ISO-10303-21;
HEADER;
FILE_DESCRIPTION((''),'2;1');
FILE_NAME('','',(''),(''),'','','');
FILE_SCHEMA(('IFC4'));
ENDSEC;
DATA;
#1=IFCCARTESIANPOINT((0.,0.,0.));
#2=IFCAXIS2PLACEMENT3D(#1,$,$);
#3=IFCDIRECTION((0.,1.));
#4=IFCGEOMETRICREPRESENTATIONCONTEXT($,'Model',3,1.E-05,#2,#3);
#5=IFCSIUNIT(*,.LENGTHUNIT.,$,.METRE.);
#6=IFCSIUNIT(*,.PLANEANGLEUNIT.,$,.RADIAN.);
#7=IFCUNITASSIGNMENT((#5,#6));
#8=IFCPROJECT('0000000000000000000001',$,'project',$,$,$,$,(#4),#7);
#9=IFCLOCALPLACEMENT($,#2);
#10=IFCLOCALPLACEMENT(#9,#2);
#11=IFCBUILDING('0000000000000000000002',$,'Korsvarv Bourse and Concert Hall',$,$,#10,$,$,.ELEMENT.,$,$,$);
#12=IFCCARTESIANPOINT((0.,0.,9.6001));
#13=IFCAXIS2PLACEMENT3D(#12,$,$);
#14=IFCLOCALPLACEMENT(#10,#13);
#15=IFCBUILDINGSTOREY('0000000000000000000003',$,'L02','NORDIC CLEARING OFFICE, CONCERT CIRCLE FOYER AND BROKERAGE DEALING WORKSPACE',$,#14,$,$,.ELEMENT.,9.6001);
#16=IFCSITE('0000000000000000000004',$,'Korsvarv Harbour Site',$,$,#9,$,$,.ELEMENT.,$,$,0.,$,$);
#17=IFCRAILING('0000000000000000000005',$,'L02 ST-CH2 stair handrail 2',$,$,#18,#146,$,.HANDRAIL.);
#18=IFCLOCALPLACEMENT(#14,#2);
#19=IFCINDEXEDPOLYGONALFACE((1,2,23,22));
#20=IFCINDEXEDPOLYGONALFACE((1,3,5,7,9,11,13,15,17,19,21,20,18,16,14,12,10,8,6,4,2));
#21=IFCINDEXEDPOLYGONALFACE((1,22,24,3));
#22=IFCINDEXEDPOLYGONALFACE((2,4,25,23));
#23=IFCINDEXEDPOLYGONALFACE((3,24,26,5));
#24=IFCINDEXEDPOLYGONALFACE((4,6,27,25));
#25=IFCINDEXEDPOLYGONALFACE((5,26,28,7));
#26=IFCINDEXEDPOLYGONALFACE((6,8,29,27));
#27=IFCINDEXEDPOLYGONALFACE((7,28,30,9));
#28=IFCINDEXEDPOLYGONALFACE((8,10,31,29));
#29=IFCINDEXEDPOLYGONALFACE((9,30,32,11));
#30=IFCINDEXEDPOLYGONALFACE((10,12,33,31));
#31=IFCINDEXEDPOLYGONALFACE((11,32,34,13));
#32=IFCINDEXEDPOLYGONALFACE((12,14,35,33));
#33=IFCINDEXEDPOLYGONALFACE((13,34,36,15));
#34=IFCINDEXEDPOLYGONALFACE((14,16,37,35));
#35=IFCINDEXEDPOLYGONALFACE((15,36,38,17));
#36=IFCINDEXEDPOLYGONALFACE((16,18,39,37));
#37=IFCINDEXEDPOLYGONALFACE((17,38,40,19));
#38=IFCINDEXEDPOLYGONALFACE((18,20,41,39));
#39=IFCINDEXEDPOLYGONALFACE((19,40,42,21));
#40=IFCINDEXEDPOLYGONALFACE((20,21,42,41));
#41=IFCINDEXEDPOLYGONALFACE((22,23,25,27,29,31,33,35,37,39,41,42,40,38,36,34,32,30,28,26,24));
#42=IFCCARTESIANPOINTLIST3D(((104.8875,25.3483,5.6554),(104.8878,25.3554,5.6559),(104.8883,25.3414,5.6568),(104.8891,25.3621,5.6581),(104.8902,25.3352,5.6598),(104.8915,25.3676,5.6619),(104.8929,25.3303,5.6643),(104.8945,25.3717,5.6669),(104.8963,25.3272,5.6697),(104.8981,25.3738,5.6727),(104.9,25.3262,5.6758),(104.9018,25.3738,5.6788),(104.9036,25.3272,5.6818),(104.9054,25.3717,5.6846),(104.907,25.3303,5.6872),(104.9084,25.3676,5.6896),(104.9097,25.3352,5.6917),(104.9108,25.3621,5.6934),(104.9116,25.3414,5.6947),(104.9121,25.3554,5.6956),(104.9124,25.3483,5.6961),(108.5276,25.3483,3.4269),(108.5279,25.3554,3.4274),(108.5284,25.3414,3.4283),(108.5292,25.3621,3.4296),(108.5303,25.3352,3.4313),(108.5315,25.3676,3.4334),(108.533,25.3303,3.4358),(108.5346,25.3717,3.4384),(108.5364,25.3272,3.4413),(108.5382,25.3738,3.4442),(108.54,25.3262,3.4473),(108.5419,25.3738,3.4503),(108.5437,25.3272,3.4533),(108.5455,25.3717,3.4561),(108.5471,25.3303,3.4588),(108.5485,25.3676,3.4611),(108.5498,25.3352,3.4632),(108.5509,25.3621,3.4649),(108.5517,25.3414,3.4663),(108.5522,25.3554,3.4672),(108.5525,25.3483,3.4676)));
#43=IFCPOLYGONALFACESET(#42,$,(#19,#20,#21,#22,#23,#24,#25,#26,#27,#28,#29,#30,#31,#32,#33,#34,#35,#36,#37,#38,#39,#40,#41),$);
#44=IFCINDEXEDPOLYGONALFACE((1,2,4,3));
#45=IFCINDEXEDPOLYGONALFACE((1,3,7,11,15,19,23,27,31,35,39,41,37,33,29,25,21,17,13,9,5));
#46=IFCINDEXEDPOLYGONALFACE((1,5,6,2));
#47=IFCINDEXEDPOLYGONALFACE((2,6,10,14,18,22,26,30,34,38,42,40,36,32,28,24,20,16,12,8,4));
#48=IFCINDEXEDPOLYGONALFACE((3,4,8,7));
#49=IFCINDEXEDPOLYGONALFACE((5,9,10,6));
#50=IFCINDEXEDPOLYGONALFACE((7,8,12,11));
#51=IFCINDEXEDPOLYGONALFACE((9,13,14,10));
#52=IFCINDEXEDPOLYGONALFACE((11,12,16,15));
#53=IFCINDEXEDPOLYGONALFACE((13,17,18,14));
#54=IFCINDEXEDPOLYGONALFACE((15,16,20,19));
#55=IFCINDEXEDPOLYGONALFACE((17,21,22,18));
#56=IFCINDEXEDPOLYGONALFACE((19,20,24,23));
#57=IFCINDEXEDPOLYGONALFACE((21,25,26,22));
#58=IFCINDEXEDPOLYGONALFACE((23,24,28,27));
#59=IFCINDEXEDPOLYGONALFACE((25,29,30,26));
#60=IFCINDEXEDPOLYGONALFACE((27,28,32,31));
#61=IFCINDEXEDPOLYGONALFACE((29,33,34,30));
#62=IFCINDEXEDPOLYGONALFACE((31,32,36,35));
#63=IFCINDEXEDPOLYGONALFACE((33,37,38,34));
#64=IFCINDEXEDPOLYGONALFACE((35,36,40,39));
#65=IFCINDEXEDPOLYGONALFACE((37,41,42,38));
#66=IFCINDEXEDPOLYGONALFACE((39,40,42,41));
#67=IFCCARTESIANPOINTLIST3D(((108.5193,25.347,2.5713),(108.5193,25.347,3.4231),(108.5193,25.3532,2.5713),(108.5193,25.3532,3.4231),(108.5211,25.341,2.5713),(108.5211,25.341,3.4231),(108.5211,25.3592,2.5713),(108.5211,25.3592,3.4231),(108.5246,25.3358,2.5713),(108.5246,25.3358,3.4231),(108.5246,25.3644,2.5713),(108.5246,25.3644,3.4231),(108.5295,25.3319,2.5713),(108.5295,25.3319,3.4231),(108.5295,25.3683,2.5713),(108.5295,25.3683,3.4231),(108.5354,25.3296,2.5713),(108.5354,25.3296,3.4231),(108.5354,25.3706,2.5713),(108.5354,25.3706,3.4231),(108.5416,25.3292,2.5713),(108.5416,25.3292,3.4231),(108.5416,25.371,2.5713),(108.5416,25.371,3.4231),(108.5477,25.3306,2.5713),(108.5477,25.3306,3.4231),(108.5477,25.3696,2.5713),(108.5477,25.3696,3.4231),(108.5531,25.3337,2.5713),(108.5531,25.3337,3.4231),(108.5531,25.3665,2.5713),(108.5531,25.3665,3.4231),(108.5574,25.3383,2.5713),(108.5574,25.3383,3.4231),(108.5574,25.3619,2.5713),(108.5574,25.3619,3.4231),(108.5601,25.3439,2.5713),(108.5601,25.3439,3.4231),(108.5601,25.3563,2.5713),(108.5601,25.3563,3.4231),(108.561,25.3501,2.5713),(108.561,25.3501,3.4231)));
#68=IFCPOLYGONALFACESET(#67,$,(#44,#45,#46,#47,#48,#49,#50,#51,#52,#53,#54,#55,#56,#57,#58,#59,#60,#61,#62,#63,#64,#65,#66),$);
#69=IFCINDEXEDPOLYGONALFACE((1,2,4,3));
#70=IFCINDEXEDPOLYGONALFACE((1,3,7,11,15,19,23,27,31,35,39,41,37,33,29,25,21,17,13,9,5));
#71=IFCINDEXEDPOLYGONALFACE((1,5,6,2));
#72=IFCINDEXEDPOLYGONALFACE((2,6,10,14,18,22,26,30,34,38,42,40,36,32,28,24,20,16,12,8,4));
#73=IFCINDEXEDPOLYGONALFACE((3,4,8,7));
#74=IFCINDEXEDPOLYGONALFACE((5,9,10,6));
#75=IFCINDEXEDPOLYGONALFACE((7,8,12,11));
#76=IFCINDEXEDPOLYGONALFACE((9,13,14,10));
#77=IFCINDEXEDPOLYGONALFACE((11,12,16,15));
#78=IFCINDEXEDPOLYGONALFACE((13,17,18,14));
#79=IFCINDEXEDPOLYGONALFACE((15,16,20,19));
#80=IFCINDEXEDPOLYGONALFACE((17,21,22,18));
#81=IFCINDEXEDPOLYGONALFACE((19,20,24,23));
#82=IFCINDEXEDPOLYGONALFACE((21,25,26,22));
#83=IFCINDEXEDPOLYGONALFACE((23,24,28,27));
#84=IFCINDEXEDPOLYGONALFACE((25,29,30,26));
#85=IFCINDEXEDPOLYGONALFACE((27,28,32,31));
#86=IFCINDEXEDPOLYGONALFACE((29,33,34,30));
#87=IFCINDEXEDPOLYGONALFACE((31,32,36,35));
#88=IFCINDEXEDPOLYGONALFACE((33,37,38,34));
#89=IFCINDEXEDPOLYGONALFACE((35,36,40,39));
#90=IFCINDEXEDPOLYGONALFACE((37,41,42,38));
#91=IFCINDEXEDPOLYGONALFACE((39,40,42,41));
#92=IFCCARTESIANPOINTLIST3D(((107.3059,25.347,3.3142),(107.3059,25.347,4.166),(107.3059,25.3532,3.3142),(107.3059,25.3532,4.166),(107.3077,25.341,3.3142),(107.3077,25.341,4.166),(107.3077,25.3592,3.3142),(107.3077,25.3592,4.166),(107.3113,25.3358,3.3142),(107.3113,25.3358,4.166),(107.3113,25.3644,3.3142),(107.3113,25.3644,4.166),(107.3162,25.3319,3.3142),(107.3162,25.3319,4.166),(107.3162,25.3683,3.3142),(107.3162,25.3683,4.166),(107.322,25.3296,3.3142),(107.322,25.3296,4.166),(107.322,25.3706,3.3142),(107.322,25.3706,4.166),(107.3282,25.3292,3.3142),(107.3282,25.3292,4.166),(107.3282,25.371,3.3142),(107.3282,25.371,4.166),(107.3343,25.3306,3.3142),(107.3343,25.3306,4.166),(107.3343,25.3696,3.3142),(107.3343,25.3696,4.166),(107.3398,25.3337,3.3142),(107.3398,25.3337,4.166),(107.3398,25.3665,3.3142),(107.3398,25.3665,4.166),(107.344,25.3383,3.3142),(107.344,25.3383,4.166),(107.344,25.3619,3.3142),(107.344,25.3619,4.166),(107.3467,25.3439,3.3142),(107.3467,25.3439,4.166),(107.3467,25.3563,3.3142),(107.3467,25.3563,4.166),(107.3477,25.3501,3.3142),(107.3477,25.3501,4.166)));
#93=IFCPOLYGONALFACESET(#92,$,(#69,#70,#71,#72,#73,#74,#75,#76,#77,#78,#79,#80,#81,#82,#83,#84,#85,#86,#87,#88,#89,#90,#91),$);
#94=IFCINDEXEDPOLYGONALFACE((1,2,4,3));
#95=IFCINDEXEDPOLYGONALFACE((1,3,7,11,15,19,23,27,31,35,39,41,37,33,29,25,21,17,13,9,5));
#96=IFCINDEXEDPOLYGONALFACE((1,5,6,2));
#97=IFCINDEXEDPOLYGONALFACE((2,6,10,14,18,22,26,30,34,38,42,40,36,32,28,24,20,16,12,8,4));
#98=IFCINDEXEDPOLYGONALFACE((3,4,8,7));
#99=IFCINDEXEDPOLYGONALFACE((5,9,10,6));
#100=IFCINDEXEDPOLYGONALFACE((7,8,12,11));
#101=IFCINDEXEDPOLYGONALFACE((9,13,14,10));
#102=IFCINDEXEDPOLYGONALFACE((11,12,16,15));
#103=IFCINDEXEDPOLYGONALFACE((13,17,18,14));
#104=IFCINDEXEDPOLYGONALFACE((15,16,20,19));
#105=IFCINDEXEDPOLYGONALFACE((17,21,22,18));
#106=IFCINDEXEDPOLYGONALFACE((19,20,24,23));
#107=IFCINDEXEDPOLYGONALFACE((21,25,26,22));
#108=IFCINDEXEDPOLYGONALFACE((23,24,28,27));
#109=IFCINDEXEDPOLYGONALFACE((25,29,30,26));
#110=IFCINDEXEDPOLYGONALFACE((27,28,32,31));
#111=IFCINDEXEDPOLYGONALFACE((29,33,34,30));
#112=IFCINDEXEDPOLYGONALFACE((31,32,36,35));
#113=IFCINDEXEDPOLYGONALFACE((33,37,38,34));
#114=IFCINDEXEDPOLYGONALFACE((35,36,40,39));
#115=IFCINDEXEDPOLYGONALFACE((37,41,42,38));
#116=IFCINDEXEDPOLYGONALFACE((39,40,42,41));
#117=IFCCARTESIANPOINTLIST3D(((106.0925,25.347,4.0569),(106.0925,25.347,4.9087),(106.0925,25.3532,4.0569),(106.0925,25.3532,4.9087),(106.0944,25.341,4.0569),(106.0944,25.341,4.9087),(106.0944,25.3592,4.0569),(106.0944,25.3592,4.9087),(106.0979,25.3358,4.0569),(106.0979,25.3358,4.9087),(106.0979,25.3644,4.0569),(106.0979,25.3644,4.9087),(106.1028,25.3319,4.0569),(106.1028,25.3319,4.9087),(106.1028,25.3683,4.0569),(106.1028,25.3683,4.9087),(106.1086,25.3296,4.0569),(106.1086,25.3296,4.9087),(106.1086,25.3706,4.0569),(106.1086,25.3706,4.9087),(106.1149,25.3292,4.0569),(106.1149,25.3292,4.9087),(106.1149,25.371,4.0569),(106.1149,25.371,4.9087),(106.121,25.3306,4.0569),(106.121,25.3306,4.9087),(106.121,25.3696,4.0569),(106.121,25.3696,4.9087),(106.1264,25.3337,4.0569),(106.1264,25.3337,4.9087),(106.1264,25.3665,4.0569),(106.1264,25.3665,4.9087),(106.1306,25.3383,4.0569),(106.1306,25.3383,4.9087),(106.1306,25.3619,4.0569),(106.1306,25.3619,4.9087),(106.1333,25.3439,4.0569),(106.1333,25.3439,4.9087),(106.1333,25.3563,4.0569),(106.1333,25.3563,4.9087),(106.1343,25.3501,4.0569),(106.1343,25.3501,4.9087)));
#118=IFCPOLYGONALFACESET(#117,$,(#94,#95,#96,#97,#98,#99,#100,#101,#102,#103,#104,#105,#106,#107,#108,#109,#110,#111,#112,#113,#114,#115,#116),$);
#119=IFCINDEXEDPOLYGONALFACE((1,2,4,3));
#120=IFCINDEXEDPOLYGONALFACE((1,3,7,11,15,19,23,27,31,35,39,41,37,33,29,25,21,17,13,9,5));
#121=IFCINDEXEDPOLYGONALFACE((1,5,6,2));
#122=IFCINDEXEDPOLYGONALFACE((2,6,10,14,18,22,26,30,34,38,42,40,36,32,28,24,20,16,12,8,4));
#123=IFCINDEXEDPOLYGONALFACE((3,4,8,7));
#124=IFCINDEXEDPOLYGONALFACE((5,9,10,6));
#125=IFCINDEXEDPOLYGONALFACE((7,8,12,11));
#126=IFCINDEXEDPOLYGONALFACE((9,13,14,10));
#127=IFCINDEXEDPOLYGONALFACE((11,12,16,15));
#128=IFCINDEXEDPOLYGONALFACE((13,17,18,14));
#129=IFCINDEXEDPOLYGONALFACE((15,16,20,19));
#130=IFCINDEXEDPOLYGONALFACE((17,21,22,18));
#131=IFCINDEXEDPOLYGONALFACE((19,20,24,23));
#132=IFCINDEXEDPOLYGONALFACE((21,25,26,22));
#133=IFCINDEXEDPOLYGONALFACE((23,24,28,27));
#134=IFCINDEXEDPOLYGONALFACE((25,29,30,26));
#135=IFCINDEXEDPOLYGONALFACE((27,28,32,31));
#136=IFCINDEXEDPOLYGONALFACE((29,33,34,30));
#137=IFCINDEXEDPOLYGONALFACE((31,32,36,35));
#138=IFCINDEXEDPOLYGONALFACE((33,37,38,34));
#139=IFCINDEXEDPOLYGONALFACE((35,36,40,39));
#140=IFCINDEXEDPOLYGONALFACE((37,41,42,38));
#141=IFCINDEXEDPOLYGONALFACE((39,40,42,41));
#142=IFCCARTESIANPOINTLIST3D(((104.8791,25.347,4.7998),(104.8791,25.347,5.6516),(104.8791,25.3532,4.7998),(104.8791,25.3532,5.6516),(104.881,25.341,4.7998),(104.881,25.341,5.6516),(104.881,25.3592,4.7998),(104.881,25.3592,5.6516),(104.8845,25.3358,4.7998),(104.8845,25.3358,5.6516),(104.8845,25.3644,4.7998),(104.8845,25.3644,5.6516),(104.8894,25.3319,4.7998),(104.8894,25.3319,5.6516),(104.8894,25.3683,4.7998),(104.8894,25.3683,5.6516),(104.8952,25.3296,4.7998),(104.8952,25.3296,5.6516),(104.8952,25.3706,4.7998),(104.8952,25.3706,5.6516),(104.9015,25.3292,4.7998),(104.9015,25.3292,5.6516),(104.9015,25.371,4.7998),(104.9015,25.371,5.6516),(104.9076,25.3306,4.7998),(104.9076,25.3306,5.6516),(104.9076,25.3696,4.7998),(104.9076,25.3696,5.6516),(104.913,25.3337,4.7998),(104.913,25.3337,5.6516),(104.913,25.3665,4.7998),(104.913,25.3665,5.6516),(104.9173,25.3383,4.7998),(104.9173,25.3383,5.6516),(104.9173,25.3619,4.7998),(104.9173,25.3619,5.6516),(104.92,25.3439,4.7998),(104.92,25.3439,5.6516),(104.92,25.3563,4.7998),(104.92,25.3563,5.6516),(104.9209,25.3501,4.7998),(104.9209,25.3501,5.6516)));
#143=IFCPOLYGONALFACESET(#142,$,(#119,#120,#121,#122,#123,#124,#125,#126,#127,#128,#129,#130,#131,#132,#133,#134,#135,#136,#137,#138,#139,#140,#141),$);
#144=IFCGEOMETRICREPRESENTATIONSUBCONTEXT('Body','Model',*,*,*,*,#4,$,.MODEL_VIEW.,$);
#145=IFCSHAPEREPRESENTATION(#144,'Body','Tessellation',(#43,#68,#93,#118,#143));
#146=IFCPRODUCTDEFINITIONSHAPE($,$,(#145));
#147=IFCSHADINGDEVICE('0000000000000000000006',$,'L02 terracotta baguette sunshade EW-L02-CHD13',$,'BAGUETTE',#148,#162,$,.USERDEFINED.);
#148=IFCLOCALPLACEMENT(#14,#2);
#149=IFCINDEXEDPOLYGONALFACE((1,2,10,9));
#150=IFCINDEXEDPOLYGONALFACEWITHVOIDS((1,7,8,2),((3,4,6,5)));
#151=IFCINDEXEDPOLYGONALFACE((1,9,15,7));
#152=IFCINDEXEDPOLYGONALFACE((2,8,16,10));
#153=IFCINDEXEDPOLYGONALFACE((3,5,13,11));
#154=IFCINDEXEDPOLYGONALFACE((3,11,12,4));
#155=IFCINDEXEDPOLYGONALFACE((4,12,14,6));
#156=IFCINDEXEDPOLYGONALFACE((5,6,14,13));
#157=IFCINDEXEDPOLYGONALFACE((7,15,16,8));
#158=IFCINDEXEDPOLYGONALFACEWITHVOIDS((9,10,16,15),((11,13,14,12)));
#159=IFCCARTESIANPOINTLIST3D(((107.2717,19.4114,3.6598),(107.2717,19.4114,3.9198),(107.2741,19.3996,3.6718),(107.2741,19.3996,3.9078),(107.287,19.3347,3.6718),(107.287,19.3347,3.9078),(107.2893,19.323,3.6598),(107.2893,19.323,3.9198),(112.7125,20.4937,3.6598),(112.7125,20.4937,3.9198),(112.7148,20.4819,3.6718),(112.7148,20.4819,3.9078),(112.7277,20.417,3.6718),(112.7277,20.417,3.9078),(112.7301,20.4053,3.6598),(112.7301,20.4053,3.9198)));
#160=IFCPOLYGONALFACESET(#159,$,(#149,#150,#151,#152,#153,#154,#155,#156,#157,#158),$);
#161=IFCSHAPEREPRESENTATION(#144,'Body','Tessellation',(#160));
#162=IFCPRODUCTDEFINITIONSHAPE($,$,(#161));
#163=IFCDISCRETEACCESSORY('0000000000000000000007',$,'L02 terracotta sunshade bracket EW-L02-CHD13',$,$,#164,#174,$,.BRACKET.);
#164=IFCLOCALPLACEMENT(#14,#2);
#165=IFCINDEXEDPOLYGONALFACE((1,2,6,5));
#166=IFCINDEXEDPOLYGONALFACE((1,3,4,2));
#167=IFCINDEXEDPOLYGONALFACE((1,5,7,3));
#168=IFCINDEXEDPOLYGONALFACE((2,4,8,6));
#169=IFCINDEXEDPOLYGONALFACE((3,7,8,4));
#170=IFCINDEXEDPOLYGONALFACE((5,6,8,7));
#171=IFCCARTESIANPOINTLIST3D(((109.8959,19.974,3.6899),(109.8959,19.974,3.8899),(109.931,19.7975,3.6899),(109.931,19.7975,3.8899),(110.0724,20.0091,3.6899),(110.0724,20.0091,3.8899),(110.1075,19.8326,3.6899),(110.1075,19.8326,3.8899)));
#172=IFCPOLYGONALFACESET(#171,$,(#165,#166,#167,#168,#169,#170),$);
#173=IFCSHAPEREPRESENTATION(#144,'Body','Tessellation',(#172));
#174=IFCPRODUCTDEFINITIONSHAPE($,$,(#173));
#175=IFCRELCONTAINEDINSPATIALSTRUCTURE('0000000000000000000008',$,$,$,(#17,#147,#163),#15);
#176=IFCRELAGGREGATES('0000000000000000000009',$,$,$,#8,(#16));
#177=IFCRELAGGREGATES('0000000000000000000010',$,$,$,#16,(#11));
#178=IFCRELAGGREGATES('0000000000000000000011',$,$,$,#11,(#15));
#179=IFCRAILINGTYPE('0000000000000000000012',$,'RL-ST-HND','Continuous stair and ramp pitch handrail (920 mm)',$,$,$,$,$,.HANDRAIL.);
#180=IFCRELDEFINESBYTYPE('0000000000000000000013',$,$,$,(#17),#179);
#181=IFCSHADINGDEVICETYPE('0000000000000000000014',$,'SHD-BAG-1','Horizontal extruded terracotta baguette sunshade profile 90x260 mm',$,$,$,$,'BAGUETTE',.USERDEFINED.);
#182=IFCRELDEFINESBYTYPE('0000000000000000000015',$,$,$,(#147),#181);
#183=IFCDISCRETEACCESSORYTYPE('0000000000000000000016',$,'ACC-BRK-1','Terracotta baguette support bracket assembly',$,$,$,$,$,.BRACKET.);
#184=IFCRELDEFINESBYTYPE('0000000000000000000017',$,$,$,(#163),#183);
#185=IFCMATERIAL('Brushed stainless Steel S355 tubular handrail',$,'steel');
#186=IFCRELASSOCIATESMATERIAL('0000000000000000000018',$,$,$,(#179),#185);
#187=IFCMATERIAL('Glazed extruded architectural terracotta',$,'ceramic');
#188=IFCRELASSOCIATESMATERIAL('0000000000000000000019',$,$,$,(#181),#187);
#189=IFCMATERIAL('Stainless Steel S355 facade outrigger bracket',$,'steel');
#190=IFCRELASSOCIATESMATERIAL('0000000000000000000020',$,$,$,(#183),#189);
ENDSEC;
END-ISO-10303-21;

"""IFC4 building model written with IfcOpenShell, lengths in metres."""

from ifc_helpers import new_model, si_unit, direction, frame, origin, origin_2d, place, context, subcontext, project, spatial, rectangle, hollow_rectangle, circle, extrude, source, transform, mapped, material, material_profile, profile_set, type_object, element, save


model = new_model("IFC4")

# Units and contexts
model_context = context("Model", 3, precision=1e-05, world=origin(), true_north=direction((0.0, 1.0)))
body_context = subcontext(model_context, "Body", "Model", "MODEL_VIEW")
ifc_project = project(units=[si_unit("LENGTHUNIT", "METRE"), si_unit("PLANEANGLEUNIT", "RADIAN")], contexts=[model_context])

# Site, building, storey
site_placement = place(None, origin())
site = spatial("IfcSite", under=ifc_project, at=site_placement, Name="Korsvarv Harbour Site", CompositionType="ELEMENT", RefElevation=0.0)
building_placement = place(site_placement, origin())
building = spatial("IfcBuilding", under=site, at=building_placement, Name="Korsvarv Bourse and Concert Hall", CompositionType="ELEMENT")
storey_placement = place(building_placement, frame((0.0, 0.0, 9.6001)))
storey = spatial("IfcBuildingStorey", under=building, at=storey_placement, Name="L02", Description="NORDIC CLEARING OFFICE, CONCERT CIRCLE FOYER AND BROKERAGE DEALING WORKSPACE", CompositionType="ELEMENT", Elevation=9.6001)

# Railing
ifc_material_1 = material(Name="Brushed stainless Steel S355 tubular handrail", Category="steel")
railing_type_1 = type_object("IfcRailingType", Name="RL-ST-HND", Description="Continuous stair and ramp pitch handrail (920 mm)", PredefinedType="HANDRAIL", material=ifc_material_1)
railing_1_placement = place(storey_placement, frame((108.54, 25.3501, 2.5713)))
element("IfcRailing", 1, at=railing_1_placement, inside=storey, type_object=railing_type_1, Name="L02 ST-CH2 stair handrail 2", PredefinedType="HANDRAIL", context=body_context, shape_type="SweptSolid", body=[
    extrude(circle(Radius=0.0239, at=origin_2d()), frame((0.0, 0.0, 0.876), z_axis=(-0.852866, 0.0, 0.52213), x_axis=(0.0, -1.0, 0.0)), (0.0, 0.0, 1.0), 4.2681),
    extrude(circle(Radius=0.021, at=origin_2d()), origin(), (0.0, 0.0, 1.0), 0.8518),
    extrude(circle(Radius=0.021, at=origin_2d()), frame((-1.2134, 0.0, 0.7429)), (0.0, 0.0, 1.0), 0.8518),
    extrude(circle(Radius=0.021, at=origin_2d()), frame((-2.4268, 0.0, 1.4856)), (0.0, 0.0, 1.0), 0.8518),
    extrude(circle(Radius=0.021, at=origin_2d()), frame((-3.6401, 0.0, 2.2285)), (0.0, 0.0, 1.0), 0.8518),
])

# Shading device
ifc_material_2 = material(Name="Glazed extruded architectural terracotta", Category="ceramic")
ifc_material_profile_1 = material_profile(ifc_material_2, hollow_rectangle(XDim=0.0901, YDim=0.26, WallThickness=0.012, at=origin_2d()), Name="TC-BAG 90x260")
ifc_profile_set_1 = profile_set([ifc_material_profile_1], Name="Glazed extruded architectural terracotta")
shading_device_type = type_object("IfcShadingDeviceType", Name="SHD-BAG-1", Description="Horizontal extruded terracotta baguette sunshade profile 90x260 mm", ElementType="BAGUETTE", PredefinedType="USERDEFINED", material=ifc_profile_set_1)
shared_shape_1 = source(origin(), body_context, "Body", "SweptSolid", [
    extrude(hollow_rectangle(XDim=0.0901, YDim=0.26, WallThickness=0.012, at=origin_2d()), origin(), (0.0, 0.0, 1.0), 5.5474),
])
shading_device_placement = place(storey_placement, frame((107.2805, 19.3672, 3.7898), z_axis=(0.980783, 0.1951, 0.0), x_axis=(-0.1951, 0.980783, 0.0)))
element("IfcShadingDevice", 2, at=shading_device_placement, inside=storey, type_object=shading_device_type, Name="L02 terracotta baguette sunshade EW-L02-CHD13", ObjectType="BAGUETTE", PredefinedType="USERDEFINED", context=body_context, shape_type="MappedRepresentation", body=[
    mapped(shared_shape_1, transform((0.0, 0.0, 0.0), scale=1.0)),
])

# Discrete accessory
ifc_material_3 = material(Name="Stainless Steel S355 facade outrigger bracket", Category="steel")
discrete_accessory_type = type_object("IfcDiscreteAccessoryType", Name="ACC-BRK-1", Description="Terracotta baguette support bracket assembly", PredefinedType="BRACKET", material=ifc_material_3)
shared_shape_2 = source(origin(), body_context, "Body", "SweptSolid", [
    extrude(rectangle(XDim=0.1799, YDim=0.1799, at=origin_2d()), origin(), (0.0, 0.0, 1.0), 0.2),
])
discrete_accessory_placement = place(storey_placement, frame((110.0017, 19.9033, 3.6899), z_axis=(0.0, 0.0, 1.0), x_axis=(0.980785, 0.19509, 0.0)))
element("IfcDiscreteAccessory", 3, at=discrete_accessory_placement, inside=storey, type_object=discrete_accessory_type, Name="L02 terracotta sunshade bracket EW-L02-CHD13", PredefinedType="BRACKET", context=body_context, shape_type="MappedRepresentation", body=[
    mapped(shared_shape_2, transform((0.0, 0.0, 0.0), scale=1.0)),
])

save(model, "model.ifc")
